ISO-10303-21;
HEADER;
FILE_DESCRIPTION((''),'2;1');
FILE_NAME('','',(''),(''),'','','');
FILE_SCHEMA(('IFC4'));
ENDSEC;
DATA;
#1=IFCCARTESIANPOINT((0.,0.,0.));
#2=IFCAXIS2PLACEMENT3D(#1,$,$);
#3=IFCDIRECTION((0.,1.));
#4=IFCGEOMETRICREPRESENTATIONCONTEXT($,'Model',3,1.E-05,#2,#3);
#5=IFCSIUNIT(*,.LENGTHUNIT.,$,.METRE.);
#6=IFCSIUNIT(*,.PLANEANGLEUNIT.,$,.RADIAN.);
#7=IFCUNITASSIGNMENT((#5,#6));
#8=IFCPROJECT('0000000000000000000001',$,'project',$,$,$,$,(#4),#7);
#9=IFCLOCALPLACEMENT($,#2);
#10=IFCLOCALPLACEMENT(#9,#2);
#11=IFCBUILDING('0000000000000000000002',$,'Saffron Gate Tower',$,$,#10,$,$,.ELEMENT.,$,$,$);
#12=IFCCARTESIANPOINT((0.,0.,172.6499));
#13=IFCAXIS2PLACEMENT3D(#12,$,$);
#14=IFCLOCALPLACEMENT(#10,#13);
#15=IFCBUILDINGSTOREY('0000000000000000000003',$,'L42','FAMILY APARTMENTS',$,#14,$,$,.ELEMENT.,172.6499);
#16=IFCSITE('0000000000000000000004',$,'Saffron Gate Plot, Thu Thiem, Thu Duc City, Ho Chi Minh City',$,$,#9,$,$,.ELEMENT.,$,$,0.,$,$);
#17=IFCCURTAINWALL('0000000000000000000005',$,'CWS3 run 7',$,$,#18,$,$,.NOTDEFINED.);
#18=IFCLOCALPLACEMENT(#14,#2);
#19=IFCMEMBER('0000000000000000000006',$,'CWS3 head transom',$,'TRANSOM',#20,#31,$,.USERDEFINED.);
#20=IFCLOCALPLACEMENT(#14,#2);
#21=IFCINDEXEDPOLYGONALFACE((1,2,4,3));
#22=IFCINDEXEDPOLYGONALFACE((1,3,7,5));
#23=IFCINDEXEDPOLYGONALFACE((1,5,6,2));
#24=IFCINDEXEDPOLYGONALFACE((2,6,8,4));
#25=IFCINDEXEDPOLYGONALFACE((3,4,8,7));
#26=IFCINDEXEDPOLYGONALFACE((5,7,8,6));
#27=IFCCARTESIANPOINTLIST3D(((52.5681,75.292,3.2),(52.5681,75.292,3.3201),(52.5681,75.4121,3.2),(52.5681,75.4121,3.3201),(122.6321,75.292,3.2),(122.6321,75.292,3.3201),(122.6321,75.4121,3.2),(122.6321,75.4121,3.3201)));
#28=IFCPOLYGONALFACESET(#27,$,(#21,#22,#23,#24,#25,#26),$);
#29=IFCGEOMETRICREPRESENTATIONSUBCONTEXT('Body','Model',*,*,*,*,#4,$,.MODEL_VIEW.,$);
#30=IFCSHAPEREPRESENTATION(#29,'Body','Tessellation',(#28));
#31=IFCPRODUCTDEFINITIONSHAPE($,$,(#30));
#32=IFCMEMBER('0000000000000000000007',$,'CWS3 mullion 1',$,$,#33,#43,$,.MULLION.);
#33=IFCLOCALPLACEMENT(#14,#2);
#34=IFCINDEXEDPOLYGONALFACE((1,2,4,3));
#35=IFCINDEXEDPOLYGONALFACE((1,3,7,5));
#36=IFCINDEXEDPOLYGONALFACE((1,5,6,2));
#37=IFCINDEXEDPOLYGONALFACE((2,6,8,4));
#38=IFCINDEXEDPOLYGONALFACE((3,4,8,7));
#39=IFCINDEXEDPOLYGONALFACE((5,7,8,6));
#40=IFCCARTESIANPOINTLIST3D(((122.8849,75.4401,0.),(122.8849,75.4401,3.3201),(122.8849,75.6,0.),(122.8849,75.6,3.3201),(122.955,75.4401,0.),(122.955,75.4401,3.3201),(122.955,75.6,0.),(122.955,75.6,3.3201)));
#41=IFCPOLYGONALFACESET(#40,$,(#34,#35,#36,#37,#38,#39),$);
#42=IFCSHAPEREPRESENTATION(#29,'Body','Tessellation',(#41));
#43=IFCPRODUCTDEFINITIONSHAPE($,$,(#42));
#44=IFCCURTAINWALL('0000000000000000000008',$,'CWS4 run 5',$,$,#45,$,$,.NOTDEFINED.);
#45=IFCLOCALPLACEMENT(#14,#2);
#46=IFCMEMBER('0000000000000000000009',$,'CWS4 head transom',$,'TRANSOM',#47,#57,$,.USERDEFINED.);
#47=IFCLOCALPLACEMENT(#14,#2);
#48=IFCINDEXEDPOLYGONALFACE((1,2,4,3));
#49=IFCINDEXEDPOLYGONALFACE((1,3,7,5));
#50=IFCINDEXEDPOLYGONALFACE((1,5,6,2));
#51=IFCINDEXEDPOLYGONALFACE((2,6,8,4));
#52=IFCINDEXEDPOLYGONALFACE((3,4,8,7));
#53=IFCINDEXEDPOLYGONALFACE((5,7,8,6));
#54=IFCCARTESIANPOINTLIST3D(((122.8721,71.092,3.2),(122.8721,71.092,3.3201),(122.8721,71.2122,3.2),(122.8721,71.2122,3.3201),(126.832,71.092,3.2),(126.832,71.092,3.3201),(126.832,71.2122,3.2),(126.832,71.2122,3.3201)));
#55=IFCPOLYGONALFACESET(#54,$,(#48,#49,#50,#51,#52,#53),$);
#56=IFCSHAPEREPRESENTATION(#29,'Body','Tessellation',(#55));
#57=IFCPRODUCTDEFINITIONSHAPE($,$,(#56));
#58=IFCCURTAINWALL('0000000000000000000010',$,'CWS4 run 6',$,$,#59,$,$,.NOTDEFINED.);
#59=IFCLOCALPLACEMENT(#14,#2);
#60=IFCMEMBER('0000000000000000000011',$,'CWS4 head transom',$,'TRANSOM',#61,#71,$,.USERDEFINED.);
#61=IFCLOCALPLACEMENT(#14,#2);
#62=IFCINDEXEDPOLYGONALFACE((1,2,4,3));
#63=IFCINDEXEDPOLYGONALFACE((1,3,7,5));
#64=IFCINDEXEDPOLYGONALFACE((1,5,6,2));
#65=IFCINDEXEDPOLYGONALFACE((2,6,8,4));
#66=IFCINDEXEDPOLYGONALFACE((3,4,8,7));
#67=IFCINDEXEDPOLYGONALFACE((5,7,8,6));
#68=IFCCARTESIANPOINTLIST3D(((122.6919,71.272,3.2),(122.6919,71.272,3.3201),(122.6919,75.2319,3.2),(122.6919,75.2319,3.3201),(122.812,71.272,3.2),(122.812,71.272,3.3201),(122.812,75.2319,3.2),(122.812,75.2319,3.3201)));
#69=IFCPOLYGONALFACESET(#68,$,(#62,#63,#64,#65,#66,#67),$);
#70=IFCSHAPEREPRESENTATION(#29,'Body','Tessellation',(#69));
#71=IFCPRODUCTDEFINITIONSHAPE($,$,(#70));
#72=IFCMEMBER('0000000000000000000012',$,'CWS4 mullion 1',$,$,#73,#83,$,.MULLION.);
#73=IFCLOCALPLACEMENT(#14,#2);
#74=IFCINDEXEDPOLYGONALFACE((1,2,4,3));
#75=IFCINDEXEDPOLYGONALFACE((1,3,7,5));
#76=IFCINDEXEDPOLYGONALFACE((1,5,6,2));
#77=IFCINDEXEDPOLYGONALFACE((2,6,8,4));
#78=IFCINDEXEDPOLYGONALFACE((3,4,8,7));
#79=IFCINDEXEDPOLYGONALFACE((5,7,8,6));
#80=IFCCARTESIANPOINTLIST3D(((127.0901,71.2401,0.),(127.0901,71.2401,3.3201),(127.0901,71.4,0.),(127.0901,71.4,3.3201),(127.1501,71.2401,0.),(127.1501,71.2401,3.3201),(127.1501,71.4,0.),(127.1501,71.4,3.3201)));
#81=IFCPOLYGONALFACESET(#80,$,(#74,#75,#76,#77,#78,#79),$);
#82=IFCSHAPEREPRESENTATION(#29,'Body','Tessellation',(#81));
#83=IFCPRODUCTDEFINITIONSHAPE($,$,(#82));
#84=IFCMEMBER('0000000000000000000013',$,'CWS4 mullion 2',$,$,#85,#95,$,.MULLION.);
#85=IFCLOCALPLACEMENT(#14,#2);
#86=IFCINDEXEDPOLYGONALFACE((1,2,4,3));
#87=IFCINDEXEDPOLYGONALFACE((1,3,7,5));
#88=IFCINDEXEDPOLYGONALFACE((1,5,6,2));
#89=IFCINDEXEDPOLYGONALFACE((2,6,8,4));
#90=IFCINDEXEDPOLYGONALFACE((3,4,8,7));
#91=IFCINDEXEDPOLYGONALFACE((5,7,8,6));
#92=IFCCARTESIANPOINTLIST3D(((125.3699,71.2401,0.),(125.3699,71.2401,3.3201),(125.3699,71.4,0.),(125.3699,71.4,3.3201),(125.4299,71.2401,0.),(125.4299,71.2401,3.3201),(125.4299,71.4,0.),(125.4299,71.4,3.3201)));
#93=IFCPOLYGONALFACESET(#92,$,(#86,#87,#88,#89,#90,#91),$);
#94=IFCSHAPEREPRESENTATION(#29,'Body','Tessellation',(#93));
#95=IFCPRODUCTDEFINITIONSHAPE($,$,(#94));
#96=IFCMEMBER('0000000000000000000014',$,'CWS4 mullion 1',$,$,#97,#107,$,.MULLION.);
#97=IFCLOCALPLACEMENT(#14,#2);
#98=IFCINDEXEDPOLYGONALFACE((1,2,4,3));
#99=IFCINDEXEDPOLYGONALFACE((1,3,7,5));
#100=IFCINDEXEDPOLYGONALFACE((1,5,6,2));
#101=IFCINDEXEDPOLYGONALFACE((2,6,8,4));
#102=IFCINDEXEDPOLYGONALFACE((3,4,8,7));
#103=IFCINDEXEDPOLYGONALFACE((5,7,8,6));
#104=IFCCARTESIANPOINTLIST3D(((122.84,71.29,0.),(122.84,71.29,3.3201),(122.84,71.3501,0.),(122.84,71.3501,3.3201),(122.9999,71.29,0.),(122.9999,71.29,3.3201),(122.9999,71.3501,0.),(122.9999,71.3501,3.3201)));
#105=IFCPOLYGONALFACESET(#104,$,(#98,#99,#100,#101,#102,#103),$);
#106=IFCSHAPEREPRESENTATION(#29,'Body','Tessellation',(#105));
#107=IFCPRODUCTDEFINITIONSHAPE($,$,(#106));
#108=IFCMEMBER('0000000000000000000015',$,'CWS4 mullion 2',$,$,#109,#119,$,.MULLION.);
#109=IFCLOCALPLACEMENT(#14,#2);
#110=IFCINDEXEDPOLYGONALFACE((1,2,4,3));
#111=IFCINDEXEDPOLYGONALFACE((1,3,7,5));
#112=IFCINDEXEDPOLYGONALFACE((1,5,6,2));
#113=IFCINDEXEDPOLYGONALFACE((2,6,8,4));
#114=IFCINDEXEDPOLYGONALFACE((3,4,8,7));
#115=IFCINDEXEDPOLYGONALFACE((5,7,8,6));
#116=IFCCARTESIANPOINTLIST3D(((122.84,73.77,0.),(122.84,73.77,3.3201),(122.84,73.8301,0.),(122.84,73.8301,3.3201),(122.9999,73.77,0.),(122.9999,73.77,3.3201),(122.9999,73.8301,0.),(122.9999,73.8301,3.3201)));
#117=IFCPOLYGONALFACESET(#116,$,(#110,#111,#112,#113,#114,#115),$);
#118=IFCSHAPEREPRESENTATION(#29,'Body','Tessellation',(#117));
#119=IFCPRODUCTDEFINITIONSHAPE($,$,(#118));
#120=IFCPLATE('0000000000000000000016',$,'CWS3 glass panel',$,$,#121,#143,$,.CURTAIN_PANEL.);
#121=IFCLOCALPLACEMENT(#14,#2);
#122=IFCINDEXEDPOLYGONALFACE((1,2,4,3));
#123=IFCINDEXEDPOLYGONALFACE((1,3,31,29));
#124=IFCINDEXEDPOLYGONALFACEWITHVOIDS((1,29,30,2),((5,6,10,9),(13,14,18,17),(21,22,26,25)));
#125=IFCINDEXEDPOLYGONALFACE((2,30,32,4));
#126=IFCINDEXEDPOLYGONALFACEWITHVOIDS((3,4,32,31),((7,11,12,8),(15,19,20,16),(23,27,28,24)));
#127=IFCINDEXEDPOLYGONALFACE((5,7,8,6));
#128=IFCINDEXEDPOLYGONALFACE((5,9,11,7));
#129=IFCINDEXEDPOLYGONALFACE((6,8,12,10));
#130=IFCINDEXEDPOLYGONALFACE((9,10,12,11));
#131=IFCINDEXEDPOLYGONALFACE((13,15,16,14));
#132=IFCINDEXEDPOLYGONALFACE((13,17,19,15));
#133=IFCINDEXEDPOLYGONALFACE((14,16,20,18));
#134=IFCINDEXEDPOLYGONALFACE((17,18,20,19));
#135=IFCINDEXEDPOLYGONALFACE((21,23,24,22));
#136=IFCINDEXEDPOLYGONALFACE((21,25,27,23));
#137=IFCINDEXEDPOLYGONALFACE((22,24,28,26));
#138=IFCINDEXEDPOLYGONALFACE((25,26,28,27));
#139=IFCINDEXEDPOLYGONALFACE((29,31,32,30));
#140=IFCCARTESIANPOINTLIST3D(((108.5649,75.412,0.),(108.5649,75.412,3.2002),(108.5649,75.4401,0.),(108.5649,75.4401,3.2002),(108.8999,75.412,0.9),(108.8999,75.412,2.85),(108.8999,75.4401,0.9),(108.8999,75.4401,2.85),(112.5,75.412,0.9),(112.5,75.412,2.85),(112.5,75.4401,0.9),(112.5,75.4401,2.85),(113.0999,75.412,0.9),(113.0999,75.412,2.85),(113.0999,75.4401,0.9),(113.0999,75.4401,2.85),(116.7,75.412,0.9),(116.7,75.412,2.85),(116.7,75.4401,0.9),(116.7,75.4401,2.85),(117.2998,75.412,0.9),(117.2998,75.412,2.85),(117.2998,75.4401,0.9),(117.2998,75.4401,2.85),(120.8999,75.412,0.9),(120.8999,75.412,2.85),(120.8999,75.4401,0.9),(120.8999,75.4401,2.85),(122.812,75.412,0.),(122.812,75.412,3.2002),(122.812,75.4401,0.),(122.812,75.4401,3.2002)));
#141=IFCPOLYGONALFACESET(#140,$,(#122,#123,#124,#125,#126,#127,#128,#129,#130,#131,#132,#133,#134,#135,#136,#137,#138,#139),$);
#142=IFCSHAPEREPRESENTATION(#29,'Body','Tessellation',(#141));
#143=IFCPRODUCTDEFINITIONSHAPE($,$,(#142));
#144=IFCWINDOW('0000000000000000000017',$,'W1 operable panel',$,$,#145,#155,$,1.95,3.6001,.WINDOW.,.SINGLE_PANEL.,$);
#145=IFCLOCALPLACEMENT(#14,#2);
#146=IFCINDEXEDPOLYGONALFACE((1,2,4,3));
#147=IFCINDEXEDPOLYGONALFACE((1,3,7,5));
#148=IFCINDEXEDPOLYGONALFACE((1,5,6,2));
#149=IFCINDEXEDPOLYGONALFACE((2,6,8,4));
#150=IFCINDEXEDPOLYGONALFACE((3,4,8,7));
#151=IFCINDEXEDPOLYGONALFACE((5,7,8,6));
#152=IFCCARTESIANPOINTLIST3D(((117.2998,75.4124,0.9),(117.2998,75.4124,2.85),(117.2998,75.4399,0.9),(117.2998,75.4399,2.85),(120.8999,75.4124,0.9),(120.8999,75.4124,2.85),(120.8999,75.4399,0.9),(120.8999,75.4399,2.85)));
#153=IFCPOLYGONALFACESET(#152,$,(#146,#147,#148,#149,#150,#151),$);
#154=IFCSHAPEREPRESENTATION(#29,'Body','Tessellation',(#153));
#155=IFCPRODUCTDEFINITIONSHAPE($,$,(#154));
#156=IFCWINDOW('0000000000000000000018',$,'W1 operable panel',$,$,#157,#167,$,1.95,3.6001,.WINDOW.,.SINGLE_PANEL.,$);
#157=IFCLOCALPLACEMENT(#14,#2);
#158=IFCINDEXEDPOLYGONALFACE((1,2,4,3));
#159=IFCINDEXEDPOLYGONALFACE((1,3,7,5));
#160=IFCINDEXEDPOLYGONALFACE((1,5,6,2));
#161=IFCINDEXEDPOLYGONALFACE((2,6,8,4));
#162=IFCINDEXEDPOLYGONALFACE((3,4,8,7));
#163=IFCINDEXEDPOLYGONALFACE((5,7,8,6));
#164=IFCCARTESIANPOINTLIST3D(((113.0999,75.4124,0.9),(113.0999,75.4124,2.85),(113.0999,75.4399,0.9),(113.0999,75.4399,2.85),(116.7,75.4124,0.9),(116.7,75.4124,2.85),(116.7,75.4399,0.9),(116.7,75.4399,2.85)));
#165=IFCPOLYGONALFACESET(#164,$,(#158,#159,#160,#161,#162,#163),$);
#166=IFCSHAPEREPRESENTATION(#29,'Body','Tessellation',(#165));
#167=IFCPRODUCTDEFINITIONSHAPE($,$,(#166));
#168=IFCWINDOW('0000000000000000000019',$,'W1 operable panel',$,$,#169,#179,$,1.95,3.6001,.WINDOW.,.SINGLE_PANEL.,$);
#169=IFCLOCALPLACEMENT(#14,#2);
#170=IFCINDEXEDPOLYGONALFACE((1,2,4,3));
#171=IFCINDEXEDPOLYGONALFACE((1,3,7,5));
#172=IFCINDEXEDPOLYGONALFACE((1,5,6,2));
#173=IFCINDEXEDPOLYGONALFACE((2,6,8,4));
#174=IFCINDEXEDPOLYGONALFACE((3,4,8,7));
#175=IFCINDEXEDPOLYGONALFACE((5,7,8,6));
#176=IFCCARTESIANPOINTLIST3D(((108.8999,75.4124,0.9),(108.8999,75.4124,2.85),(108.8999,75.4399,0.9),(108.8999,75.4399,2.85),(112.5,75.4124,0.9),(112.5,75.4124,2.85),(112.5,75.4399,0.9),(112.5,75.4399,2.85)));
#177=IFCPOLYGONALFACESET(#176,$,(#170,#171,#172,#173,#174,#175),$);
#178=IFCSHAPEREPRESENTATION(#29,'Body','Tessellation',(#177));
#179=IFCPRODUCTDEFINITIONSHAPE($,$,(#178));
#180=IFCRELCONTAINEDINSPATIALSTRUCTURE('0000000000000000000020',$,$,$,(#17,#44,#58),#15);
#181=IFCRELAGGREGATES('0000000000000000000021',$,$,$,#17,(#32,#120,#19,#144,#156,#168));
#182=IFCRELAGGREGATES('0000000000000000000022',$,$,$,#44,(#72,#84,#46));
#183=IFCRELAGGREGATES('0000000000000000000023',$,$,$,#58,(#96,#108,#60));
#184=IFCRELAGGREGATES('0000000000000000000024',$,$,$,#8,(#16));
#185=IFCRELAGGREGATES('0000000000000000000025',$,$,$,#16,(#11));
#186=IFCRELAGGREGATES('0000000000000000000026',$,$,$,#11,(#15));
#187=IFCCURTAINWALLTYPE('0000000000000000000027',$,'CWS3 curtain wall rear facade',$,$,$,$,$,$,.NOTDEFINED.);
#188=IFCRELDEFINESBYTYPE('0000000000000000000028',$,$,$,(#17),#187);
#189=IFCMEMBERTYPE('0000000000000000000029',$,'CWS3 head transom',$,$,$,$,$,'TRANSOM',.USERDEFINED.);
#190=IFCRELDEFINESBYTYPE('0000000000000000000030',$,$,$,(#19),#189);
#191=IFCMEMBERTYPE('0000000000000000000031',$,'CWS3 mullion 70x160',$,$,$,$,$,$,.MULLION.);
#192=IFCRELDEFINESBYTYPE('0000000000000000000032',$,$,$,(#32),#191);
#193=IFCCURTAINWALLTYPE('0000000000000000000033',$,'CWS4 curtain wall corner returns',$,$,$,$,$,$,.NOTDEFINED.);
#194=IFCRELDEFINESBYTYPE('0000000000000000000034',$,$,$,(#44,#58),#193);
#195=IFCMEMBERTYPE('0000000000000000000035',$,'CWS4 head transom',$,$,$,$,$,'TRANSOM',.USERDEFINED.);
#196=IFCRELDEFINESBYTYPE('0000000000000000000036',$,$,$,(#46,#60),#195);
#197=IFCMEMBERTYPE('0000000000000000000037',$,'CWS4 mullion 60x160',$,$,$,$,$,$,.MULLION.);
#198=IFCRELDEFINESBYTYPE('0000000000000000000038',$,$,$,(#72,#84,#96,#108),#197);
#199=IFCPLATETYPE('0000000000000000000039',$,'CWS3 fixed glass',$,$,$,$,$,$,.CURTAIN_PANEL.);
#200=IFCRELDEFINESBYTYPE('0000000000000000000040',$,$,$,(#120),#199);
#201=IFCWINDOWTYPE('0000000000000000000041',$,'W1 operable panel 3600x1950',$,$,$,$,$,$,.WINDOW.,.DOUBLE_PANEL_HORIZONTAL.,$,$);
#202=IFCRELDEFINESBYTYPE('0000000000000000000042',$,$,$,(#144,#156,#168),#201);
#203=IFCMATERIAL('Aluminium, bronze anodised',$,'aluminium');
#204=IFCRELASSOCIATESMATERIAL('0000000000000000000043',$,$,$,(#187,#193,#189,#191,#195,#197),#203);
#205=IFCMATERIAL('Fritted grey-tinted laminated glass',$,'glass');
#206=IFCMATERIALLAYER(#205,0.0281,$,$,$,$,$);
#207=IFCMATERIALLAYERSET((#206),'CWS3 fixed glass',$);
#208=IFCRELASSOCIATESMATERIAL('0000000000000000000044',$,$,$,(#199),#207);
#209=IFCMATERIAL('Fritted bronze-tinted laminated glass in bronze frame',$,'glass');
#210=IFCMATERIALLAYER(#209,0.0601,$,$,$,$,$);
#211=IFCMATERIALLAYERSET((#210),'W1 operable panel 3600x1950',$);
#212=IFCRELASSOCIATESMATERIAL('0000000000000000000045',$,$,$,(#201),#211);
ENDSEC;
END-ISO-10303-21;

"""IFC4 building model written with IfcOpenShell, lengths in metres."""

from ifc_helpers import new_model, si_unit, direction, frame, frame_2d, origin, origin_2d, place, context, subcontext, project, spatial, rectangle, extrude, material, layer, layer_set, material_profile, profile_set, type_object, element, fill, aggregate, save


model = new_model("IFC4")

# Units and contexts
model_context = context("Model", 3, precision=1e-05, world=origin(), true_north=direction((0.0, 1.0)))
body_context = subcontext(model_context, "Body", "Model", "MODEL_VIEW")
ifc_project = project(units=[si_unit("LENGTHUNIT", "METRE"), si_unit("PLANEANGLEUNIT", "RADIAN")], contexts=[model_context])

# Site, building, storey
site_placement = place(None, origin())
site = spatial("IfcSite", under=ifc_project, at=site_placement, Name="Saffron Gate Plot, Thu Thiem, Thu Duc City, Ho Chi Minh City", CompositionType="ELEMENT", RefElevation=0.0)
building_placement = place(site_placement, origin())
building = spatial("IfcBuilding", under=site, at=building_placement, Name="Saffron Gate Tower", CompositionType="ELEMENT")
storey_placement = place(building_placement, frame((0.0, 0.0, 172.6499)))
storey = spatial("IfcBuildingStorey", under=building, at=storey_placement, Name="L42", Description="FAMILY APARTMENTS", CompositionType="ELEMENT", Elevation=172.6499)

# Curtain wall, members
ifc_material_1 = material(Name="Aluminium, bronze anodised", Category="aluminium")
curtain_wall_type_1 = type_object("IfcCurtainWallType", Name="CWS3 curtain wall rear facade", PredefinedType="NOTDEFINED", material=ifc_material_1)
curtain_wall_1_placement = place(storey_placement, origin())
curtain_wall_1 = element("IfcCurtainWall", 1, at=curtain_wall_1_placement, inside=storey, type_object=curtain_wall_type_1, Name="CWS3 run 7", PredefinedType="NOTDEFINED")
ifc_material_profile_1 = material_profile(ifc_material_1, rectangle(XDim=0.1201, YDim=0.1201, at=origin_2d()))
ifc_profile_set_1 = profile_set([ifc_material_profile_1], Name="Aluminium, bronze anodised")
member_type_1 = type_object("IfcMemberType", Name="CWS3 head transom", ElementType="TRANSOM", PredefinedType="USERDEFINED", material=ifc_profile_set_1)
member_1_placement = place(storey_placement, frame((122.6321, 75.3521, 3.26), z_axis=(-1.0, 0.0, 0.0), x_axis=(0.0, -1.0, 0.0)))
member_1 = element("IfcMember", 2, at=member_1_placement, type_object=member_type_1, Name="CWS3 head transom", ObjectType="TRANSOM", PredefinedType="USERDEFINED", context=body_context, shape_type="SweptSolid", body=[
    extrude(rectangle(XDim=0.1201, YDim=0.1201, at=origin_2d()), origin(), (0.0, 0.0, 1.0), 70.064),
])
ifc_material_profile_2 = material_profile(ifc_material_1, rectangle(XDim=0.1599, YDim=0.0701, at=origin_2d()))
ifc_profile_set_2 = profile_set([ifc_material_profile_2], Name="Aluminium, bronze anodised")
member_type_2 = type_object("IfcMemberType", Name="CWS3 mullion 70x160", PredefinedType="MULLION", material=ifc_profile_set_2)
member_2_placement = place(storey_placement, frame((122.9199, 75.52, 0.0), z_axis=(0.0, 0.0, 1.0), x_axis=(0.0, -1.0, 0.0)))
member_2 = element("IfcMember", 3, at=member_2_placement, type_object=member_type_2, Name="CWS3 mullion 1", PredefinedType="MULLION", context=body_context, shape_type="SweptSolid", body=[
    extrude(rectangle(XDim=0.1599, YDim=0.0701, at=origin_2d()), origin(), (0.0, 0.0, 1.0), 3.3201),
])

# Curtain walls, members
curtain_wall_type_2 = type_object("IfcCurtainWallType", Name="CWS4 curtain wall corner returns", PredefinedType="NOTDEFINED", material=ifc_material_1)
curtain_wall_2_placement = place(storey_placement, origin())
curtain_wall_2 = element("IfcCurtainWall", 4, at=curtain_wall_2_placement, inside=storey, type_object=curtain_wall_type_2, Name="CWS4 run 5", PredefinedType="NOTDEFINED")
ifc_material_profile_3 = material_profile(ifc_material_1, rectangle(XDim=0.1201, YDim=0.1201, at=origin_2d()))
ifc_profile_set_3 = profile_set([ifc_material_profile_3], Name="Aluminium, bronze anodised")
member_type_3 = type_object("IfcMemberType", Name="CWS4 head transom", ElementType="TRANSOM", PredefinedType="USERDEFINED", material=ifc_profile_set_3)
member_3_placement = place(storey_placement, frame((126.832, 71.1521, 3.26), z_axis=(-1.0, 0.0, 0.0), x_axis=(0.0, -1.0, 0.0)))
member_3 = element("IfcMember", 5, at=member_3_placement, type_object=member_type_3, Name="CWS4 head transom", ObjectType="TRANSOM", PredefinedType="USERDEFINED", context=body_context, shape_type="SweptSolid", body=[
    extrude(rectangle(XDim=0.1201, YDim=0.1201, at=origin_2d()), origin(), (0.0, 0.0, 1.0), 3.96),
])
curtain_wall_3_placement = place(storey_placement, origin())
curtain_wall_3 = element("IfcCurtainWall", 6, at=curtain_wall_3_placement, inside=storey, type_object=curtain_wall_type_2, Name="CWS4 run 6", PredefinedType="NOTDEFINED")
member_4_placement = place(storey_placement, frame((122.752, 71.272, 3.26), z_axis=(0.0, 1.0, 0.0), x_axis=(-1.0, 0.0, 0.0)))
member_4 = element("IfcMember", 7, at=member_4_placement, type_object=member_type_3, Name="CWS4 head transom", ObjectType="TRANSOM", PredefinedType="USERDEFINED", context=body_context, shape_type="SweptSolid", body=[
    extrude(rectangle(XDim=0.1201, YDim=0.1201, at=origin_2d()), origin(), (0.0, 0.0, 1.0), 3.96),
])

# Members
ifc_material_profile_4 = material_profile(ifc_material_1, rectangle(XDim=0.1599, YDim=0.0601, at=origin_2d()))
ifc_profile_set_4 = profile_set([ifc_material_profile_4], Name="Aluminium, bronze anodised")
member_type_4 = type_object("IfcMemberType", Name="CWS4 mullion 60x160", PredefinedType="MULLION", material=ifc_profile_set_4)
member_5_placement = place(storey_placement, frame((127.1201, 71.3201, 0.0), z_axis=(0.0, 0.0, 1.0), x_axis=(0.0, -1.0, 0.0)))
member_5 = element("IfcMember", 8, at=member_5_placement, type_object=member_type_4, Name="CWS4 mullion 1", PredefinedType="MULLION", context=body_context, shape_type="SweptSolid", body=[
    extrude(rectangle(XDim=0.1599, YDim=0.0601, at=origin_2d()), origin(), (0.0, 0.0, 1.0), 3.3201),
])
member_6_placement = place(storey_placement, frame((125.3999, 71.3201, 0.0), z_axis=(0.0, 0.0, 1.0), x_axis=(0.0, -1.0, 0.0)))
member_6 = element("IfcMember", 9, at=member_6_placement, type_object=member_type_4, Name="CWS4 mullion 2", PredefinedType="MULLION", context=body_context, shape_type="SweptSolid", body=[
    extrude(rectangle(XDim=0.1599, YDim=0.0601, at=origin_2d()), origin(), (0.0, 0.0, 1.0), 3.3201),
])
member_7_placement = place(storey_placement, frame((122.9199, 71.3201, 0.0), z_axis=(0.0, 0.0, 1.0), x_axis=(-1.0, 0.0, 0.0)))
member_7 = element("IfcMember", 10, at=member_7_placement, type_object=member_type_4, Name="CWS4 mullion 1", PredefinedType="MULLION", context=body_context, shape_type="SweptSolid", body=[
    extrude(rectangle(XDim=0.1599, YDim=0.0601, at=origin_2d()), origin(), (0.0, 0.0, 1.0), 3.3201),
])
member_8_placement = place(storey_placement, frame((122.9199, 73.8, 0.0), z_axis=(0.0, 0.0, 1.0), x_axis=(-1.0, 0.0, 0.0)))
member_8 = element("IfcMember", 11, at=member_8_placement, type_object=member_type_4, Name="CWS4 mullion 2", PredefinedType="MULLION", context=body_context, shape_type="SweptSolid", body=[
    extrude(rectangle(XDim=0.1599, YDim=0.0601, at=origin_2d()), origin(), (0.0, 0.0, 1.0), 3.3201),
])

# Plate, openings, windows
ifc_material_2 = material(Name="Fritted grey-tinted laminated glass", Category="glass")
ifc_layer_1 = layer(ifc_material_2, 0.0281)
ifc_layer_set_1 = layer_set([ifc_layer_1], Name="CWS3 fixed glass")
plate_type_1 = type_object("IfcPlateType", Name="CWS3 fixed glass", PredefinedType="CURTAIN_PANEL", material=ifc_layer_set_1)
plate_1_placement = place(storey_placement, frame((122.812, 75.426, 0.0), z_axis=(0.0, 0.0, 1.0), x_axis=(-1.0, 0.0, 0.0)))
plate_1 = element("IfcPlate", 12, at=plate_1_placement, type_object=plate_type_1, Name="CWS3 glass panel", PredefinedType="CURTAIN_PANEL", context=body_context, shape_type="SweptSolid", body=[
    extrude(rectangle(XDim=14.2471, YDim=0.0281, at=frame_2d((7.1235, 0.0))), origin(), (0.0, 0.0, 1.0), 3.2002),
])
opening_1_placement = place(plate_1_placement, frame((1.9121, 0.0, 0.8999)))
opening_1 = element("IfcOpeningElement", 13, at=opening_1_placement, cuts=plate_1, PredefinedType="OPENING", context=body_context, shape_type="SweptSolid", body=[
    extrude(rectangle(XDim=3.6001, YDim=1.95, at=frame_2d((1.8, 0.9751))), frame((0.0, 0.0239, 0.0), z_axis=(0.0, -1.0, 0.0), x_axis=(1.0, 0.0, 0.0)), (0.0, 0.0, 1.0), 0.0481),
])
opening_2_placement = place(plate_1_placement, frame((6.1121, 0.0, 0.8999)))
opening_2 = element("IfcOpeningElement", 14, at=opening_2_placement, cuts=plate_1, PredefinedType="OPENING", context=body_context, shape_type="SweptSolid", body=[
    extrude(rectangle(XDim=3.6001, YDim=1.95, at=frame_2d((1.8, 0.9751))), frame((0.0, 0.0239, 0.0), z_axis=(0.0, -1.0, 0.0), x_axis=(1.0, 0.0, 0.0)), (0.0, 0.0, 1.0), 0.0481),
])
opening_3_placement = place(plate_1_placement, frame((10.312, 0.0, 0.8999)))
opening_3 = element("IfcOpeningElement", 15, at=opening_3_placement, cuts=plate_1, PredefinedType="OPENING", context=body_context, shape_type="SweptSolid", body=[
    extrude(rectangle(XDim=3.6001, YDim=1.95, at=frame_2d((1.8, 0.9751))), frame((0.0, 0.0239, 0.0), z_axis=(0.0, -1.0, 0.0), x_axis=(1.0, 0.0, 0.0)), (0.0, 0.0, 1.0), 0.0481),
])
ifc_material_3 = material(Name="Fritted bronze-tinted laminated glass in bronze frame", Category="glass")
ifc_layer_2 = layer(ifc_material_3, 0.0601)
ifc_layer_set_2 = layer_set([ifc_layer_2], Name="W1 operable panel 3600x1950")
window_type = type_object("IfcWindowType", Name="W1 operable panel 3600x1950", PartitioningType="DOUBLE_PANEL_HORIZONTAL", PredefinedType="WINDOW", material=ifc_layer_set_2)
window_1_placement = place(opening_1_placement, origin())
window_1 = element("IfcWindow", 16, at=window_1_placement, type_object=window_type, Name="W1 operable panel", OverallHeight=1.95, OverallWidth=3.6001, PartitioningType="SINGLE_PANEL", PredefinedType="WINDOW", context=body_context, shape_type="SweptSolid", body=[
    extrude(rectangle(XDim=3.6001, YDim=1.95, at=frame_2d((1.8, 0.9751))), frame((0.0, 0.0137, 0.0), z_axis=(0.0, -1.0, 0.0), x_axis=(1.0, 0.0, 0.0)), (0.0, 0.0, 1.0), 0.0276),
])
fill(opening_1, window_1)
window_2_placement = place(opening_2_placement, origin())
window_2 = element("IfcWindow", 17, at=window_2_placement, type_object=window_type, Name="W1 operable panel", OverallHeight=1.95, OverallWidth=3.6001, PartitioningType="SINGLE_PANEL", PredefinedType="WINDOW", context=body_context, shape_type="SweptSolid", body=[
    extrude(rectangle(XDim=3.6001, YDim=1.95, at=frame_2d((1.8, 0.9751))), frame((0.0, 0.0137, 0.0), z_axis=(0.0, -1.0, 0.0), x_axis=(1.0, 0.0, 0.0)), (0.0, 0.0, 1.0), 0.0276),
])
fill(opening_2, window_2)
window_3_placement = place(opening_3_placement, origin())
window_3 = element("IfcWindow", 18, at=window_3_placement, type_object=window_type, Name="W1 operable panel", OverallHeight=1.95, OverallWidth=3.6001, PartitioningType="SINGLE_PANEL", PredefinedType="WINDOW", context=body_context, shape_type="SweptSolid", body=[
    extrude(rectangle(XDim=3.6001, YDim=1.95, at=frame_2d((1.8, 0.9751))), frame((0.0, 0.0137, 0.0), z_axis=(0.0, -1.0, 0.0), x_axis=(1.0, 0.0, 0.0)), (0.0, 0.0, 1.0), 0.0276),
])
fill(opening_3, window_3)
aggregate(curtain_wall_1, [member_2, plate_1, member_1, window_1, window_2, window_3])

aggregate(curtain_wall_2, [member_5, member_6, member_3])
aggregate(curtain_wall_3, [member_7, member_8, member_4])

save(model, "model.ifc")
